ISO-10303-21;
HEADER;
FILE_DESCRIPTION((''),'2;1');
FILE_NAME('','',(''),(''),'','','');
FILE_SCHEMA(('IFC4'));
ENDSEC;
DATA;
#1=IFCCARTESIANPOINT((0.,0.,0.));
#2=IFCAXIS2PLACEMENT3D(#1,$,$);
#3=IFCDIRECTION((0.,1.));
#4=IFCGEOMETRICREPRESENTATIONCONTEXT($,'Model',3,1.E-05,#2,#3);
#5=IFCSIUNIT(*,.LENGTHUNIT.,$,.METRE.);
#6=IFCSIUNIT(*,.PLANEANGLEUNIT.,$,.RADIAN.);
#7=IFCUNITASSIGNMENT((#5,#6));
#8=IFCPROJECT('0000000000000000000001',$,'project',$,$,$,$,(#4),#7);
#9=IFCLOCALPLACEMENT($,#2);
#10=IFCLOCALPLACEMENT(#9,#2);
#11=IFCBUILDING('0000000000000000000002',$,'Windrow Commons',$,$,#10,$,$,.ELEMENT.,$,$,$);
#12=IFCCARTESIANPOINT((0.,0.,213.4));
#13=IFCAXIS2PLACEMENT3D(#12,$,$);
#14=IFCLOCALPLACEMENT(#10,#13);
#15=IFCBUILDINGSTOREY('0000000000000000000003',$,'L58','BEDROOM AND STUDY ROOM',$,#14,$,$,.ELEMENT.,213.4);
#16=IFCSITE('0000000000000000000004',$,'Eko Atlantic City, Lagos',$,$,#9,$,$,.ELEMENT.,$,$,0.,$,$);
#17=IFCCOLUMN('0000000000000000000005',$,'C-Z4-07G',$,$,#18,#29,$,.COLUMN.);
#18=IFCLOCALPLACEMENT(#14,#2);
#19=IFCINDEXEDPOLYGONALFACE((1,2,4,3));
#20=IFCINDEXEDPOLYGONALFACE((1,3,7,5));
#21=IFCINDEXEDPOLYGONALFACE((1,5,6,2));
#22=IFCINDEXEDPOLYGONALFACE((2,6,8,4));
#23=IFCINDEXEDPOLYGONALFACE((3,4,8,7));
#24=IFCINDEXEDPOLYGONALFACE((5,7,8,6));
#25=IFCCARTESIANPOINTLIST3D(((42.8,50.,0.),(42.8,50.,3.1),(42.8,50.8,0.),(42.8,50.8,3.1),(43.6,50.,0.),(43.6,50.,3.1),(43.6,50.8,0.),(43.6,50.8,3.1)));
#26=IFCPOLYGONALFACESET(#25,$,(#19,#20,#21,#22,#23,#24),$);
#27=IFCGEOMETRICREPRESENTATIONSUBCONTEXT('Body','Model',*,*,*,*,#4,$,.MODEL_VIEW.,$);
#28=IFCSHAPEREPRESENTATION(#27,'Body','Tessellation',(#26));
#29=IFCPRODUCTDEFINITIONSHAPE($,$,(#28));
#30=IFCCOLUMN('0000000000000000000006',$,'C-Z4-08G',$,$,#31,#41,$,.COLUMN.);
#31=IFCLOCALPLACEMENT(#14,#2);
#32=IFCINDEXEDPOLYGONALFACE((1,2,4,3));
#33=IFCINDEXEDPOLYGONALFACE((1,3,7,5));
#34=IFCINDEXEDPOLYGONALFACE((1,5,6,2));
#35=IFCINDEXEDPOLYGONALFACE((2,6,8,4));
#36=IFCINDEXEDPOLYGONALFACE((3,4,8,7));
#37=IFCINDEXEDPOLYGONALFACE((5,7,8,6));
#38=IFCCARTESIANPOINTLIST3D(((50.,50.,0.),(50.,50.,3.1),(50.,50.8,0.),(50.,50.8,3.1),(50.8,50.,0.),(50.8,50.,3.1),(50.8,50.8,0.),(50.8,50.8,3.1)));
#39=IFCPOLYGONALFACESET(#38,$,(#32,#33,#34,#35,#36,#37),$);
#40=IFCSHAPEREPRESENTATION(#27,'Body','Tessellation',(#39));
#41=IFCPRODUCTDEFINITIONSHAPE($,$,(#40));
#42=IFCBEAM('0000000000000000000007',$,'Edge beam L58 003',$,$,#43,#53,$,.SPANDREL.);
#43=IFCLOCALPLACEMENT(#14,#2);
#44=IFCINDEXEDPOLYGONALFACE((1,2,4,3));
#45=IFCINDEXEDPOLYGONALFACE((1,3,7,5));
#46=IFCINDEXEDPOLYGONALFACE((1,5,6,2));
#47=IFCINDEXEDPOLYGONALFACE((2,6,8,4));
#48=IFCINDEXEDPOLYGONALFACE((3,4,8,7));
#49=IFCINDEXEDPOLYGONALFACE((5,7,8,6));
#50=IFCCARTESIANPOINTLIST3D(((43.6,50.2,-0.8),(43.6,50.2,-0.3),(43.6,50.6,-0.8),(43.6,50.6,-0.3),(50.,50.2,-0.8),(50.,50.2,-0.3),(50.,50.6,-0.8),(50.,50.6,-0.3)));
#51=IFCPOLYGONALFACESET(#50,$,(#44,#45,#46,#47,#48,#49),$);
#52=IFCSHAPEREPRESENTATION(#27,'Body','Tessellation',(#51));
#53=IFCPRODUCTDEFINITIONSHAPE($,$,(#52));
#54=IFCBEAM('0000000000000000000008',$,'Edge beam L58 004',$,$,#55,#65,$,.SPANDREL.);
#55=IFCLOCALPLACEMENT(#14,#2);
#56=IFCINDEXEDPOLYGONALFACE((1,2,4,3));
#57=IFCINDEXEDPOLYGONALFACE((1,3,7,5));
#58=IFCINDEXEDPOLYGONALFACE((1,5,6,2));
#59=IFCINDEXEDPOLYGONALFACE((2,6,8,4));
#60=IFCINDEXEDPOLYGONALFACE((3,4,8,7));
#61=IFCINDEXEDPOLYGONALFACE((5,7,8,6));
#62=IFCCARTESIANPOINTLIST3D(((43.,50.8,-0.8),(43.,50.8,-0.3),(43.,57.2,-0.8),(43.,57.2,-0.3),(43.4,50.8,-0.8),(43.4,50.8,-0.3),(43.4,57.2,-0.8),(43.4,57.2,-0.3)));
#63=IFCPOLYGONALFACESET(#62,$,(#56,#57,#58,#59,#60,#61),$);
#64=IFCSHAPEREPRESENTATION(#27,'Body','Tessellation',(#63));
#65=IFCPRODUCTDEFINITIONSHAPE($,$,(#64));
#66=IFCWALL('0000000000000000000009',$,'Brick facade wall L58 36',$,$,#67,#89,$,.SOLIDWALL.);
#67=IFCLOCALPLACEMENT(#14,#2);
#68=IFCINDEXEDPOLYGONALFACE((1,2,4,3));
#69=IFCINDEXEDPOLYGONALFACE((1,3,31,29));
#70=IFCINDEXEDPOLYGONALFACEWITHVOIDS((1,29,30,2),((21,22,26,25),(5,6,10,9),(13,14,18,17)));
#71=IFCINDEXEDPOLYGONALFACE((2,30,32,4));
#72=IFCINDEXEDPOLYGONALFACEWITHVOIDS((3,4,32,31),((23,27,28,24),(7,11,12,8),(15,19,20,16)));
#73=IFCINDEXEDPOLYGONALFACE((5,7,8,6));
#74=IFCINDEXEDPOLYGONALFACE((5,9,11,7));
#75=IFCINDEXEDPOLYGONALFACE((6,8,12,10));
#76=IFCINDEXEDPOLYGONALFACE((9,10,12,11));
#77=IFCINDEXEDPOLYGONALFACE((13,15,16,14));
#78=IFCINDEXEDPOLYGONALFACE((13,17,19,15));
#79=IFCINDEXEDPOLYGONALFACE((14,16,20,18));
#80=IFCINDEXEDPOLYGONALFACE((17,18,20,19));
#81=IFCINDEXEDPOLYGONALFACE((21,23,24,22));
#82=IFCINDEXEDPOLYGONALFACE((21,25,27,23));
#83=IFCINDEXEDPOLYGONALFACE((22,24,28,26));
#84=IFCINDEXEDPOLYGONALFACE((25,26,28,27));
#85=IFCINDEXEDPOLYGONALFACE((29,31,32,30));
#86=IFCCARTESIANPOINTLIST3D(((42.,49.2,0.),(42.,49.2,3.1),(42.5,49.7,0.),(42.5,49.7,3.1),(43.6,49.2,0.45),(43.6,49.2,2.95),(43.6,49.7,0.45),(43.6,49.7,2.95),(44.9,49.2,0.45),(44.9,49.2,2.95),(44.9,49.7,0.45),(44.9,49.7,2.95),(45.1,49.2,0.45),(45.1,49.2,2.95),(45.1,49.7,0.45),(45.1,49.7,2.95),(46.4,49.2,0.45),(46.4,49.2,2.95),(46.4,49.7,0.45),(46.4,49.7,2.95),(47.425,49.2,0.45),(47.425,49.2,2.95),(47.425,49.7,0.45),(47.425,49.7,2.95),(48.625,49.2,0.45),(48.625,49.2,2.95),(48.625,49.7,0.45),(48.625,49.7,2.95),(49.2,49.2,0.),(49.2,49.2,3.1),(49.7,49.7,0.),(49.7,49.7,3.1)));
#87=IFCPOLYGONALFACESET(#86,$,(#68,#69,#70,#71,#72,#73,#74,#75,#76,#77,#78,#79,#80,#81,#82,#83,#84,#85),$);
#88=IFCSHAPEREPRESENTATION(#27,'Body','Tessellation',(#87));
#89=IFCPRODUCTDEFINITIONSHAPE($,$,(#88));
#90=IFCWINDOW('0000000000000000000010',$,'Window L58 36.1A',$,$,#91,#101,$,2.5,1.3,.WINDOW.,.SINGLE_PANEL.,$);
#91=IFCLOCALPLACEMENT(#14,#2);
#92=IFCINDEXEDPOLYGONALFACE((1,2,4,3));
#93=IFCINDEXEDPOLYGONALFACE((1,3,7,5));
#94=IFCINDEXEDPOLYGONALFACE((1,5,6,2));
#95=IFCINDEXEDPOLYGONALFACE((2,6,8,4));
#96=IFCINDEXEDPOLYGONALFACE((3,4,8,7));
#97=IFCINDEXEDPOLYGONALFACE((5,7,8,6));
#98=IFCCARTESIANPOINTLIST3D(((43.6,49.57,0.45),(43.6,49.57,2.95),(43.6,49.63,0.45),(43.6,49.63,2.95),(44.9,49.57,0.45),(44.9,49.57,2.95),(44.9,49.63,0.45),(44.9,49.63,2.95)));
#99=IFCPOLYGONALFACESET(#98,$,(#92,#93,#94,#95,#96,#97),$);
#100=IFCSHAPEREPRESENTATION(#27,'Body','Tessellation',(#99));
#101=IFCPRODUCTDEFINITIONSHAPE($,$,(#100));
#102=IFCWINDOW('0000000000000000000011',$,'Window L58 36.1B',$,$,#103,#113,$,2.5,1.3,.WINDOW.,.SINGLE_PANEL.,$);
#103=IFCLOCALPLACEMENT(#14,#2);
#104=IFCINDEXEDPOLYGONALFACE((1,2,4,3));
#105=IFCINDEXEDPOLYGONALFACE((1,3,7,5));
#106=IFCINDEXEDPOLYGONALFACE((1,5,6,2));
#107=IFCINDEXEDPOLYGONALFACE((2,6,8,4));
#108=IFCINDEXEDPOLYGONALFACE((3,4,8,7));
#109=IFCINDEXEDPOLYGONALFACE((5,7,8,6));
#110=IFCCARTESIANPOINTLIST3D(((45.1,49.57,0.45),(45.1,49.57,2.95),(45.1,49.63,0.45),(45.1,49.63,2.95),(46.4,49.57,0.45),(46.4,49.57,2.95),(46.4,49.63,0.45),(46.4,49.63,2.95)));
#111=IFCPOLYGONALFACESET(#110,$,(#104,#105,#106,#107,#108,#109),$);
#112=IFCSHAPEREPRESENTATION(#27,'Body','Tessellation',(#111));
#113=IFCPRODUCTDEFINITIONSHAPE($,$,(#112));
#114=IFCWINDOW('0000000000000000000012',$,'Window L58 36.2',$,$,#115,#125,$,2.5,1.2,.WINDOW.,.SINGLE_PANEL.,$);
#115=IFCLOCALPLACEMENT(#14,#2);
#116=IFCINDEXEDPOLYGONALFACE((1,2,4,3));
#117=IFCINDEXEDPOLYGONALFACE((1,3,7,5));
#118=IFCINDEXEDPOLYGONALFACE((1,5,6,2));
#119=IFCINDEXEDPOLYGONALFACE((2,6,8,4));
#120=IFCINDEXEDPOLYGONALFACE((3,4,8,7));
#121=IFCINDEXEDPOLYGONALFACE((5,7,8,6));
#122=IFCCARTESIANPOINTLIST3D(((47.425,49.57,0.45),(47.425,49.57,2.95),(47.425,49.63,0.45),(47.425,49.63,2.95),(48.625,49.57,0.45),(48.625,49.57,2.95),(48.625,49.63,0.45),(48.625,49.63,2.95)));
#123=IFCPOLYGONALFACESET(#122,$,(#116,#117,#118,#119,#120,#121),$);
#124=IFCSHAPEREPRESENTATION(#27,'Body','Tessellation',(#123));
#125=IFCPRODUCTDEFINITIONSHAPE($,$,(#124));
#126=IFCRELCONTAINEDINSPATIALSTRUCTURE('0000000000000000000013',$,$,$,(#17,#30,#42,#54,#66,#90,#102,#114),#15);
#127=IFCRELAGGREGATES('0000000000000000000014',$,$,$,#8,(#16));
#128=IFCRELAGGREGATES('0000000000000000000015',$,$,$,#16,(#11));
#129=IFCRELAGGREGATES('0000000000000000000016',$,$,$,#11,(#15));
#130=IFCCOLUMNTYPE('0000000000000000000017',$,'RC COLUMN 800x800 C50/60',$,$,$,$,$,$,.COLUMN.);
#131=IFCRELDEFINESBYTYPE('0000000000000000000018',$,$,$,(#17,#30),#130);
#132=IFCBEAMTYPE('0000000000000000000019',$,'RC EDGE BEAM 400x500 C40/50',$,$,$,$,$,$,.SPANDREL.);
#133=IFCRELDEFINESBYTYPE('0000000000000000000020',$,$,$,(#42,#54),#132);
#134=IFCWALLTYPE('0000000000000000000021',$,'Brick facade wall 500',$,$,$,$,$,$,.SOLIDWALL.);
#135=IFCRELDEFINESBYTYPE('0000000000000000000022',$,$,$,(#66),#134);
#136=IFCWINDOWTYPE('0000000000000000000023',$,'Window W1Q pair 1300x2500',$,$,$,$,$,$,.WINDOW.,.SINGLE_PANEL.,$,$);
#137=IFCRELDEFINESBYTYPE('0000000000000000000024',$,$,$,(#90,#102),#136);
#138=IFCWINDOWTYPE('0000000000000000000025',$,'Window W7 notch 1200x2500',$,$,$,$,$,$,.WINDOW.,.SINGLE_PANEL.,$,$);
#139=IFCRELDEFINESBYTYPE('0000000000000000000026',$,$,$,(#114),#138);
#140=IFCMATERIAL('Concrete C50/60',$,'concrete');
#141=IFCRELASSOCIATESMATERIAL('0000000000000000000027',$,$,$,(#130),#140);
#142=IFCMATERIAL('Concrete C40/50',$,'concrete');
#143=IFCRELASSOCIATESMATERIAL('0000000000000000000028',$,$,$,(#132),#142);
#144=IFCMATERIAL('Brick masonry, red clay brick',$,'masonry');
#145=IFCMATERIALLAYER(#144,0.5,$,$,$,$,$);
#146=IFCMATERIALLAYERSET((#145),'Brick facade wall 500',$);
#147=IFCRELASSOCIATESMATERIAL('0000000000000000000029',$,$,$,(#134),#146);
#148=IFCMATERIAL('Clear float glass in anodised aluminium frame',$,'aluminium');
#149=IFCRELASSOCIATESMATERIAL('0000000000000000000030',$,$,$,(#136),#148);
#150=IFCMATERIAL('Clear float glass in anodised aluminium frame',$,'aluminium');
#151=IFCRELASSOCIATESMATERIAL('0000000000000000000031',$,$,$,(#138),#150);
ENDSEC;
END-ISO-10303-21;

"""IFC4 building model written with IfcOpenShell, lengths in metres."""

from ifc_helpers import new_model, si_unit, direction, frame, frame_2d, origin, origin_2d, place, context, subcontext, project, spatial, polyline, rectangle, outline, extrude, material, layer, layer_set, material_profile, profile_set, type_object, element, fill, save


model = new_model("IFC4")

# Units and contexts
model_context = context("Model", 3, precision=1e-05, world=origin(), true_north=direction((0.0, 1.0)))
body_context = subcontext(model_context, "Body", "Model", "MODEL_VIEW")
ifc_project = project(units=[si_unit("LENGTHUNIT", "METRE"), si_unit("PLANEANGLEUNIT", "RADIAN")], contexts=[model_context])

# Site, building, storey
site_placement = place(None, origin())
site = spatial("IfcSite", under=ifc_project, at=site_placement, Name="Eko Atlantic City, Lagos", CompositionType="ELEMENT", RefElevation=0.0)
building_placement = place(site_placement, origin())
building = spatial("IfcBuilding", under=site, at=building_placement, Name="Windrow Commons", CompositionType="ELEMENT")
storey_placement = place(building_placement, frame((0.0, 0.0, 213.4)))
storey = spatial("IfcBuildingStorey", under=building, at=storey_placement, Name="L58", Description="BEDROOM AND STUDY ROOM", CompositionType="ELEMENT", Elevation=213.4)

# Columns
ifc_material_1 = material(Name="Concrete C50/60", Category="concrete")
ifc_material_profile_1 = material_profile(ifc_material_1, rectangle(XDim=0.8, YDim=0.8, at=origin_2d()))
ifc_profile_set_1 = profile_set([ifc_material_profile_1], Name="Concrete C50/60")
column_type = type_object("IfcColumnType", Name="RC COLUMN 800x800 C50/60", PredefinedType="COLUMN", material=ifc_profile_set_1)
for number, where, z_axis, x_axis, name in (
    (1, (43.2, 50.4, 0.0), (0.0, 0.0, 1.0), (1.0, 0.0, 0.0), "C-Z4-07G"),
    (2, (50.4, 50.4, 0.0), (0.0, 0.0, 1.0), (1.0, 0.0, 0.0), "C-Z4-08G"),
):
    element("IfcColumn", number, at=place(storey_placement, frame(where, z_axis=z_axis, x_axis=x_axis)), inside=storey, type_object=column_type, Name=name, PredefinedType="COLUMN", context=body_context, shape_type="SweptSolid", body=[
        extrude(rectangle(XDim=0.8, YDim=0.8, at=origin_2d()), origin(), (0.0, 0.0, 1.0), 3.1),
    ])

# Beams
ifc_material_2 = material(Name="Concrete C40/50", Category="concrete")
ifc_material_profile_2 = material_profile(ifc_material_2, rectangle(XDim=0.4, YDim=0.5, at=origin_2d()))
ifc_profile_set_2 = profile_set([ifc_material_profile_2], Name="Concrete C40/50")
beam_type = type_object("IfcBeamType", Name="RC EDGE BEAM 400x500 C40/50", PredefinedType="SPANDREL", material=ifc_profile_set_2)
for number, where, z_axis, x_axis, name in (
    (3, (50.0, 50.4, -0.55), (-1.0, 0.0, 0.0), (0.0, -1.0, 0.0), "Edge beam L58 003"),
    (4, (43.2, 50.8, -0.55), (0.0, 1.0, 0.0), (-1.0, 0.0, 0.0), "Edge beam L58 004"),
):
    element("IfcBeam", number, at=place(storey_placement, frame(where, z_axis=z_axis, x_axis=x_axis)), inside=storey, type_object=beam_type, Name=name, PredefinedType="SPANDREL", context=body_context, shape_type="SweptSolid", body=[
        extrude(rectangle(XDim=0.4, YDim=0.5, at=origin_2d()), origin(), (0.0, 0.0, 1.0), 6.4),
    ])

# Wall, openings, windows
ifc_material_3 = material(Name="Brick masonry, red clay brick", Category="masonry")
ifc_layer_1 = layer(ifc_material_3, 0.5)
ifc_layer_set_1 = layer_set([ifc_layer_1], Name="Brick facade wall 500")
wall_type_1 = type_object("IfcWallType", Name="Brick facade wall 500", PredefinedType="SOLIDWALL", material=ifc_layer_set_1)
wall_1_placement = place(storey_placement, frame((42.25, 49.45, 0.0), z_axis=(0.0, 0.0, 1.0), x_axis=(1.0, 0.0, 0.0)))
wall_1 = element("IfcWall", 5, at=wall_1_placement, inside=storey, type_object=wall_type_1, Name="Brick facade wall L58 36", PredefinedType="SOLIDWALL", context=body_context, shape_type="SweptSolid", body=[
    extrude(outline(polyline([(-0.25, -0.25), (6.95, -0.25), (7.45, 0.25), (0.25, 0.25), (-0.25, -0.25)])), origin(), (0.0, 0.0, 1.0), 3.1),
])
opening_1_placement = place(wall_1_placement, frame((1.35, 0.0, 0.45)))
opening_1 = element("IfcOpeningElement", 6, at=opening_1_placement, cuts=wall_1, PredefinedType="OPENING", context=body_context, shape_type="SweptSolid", body=[
    extrude(rectangle(XDim=1.3, YDim=2.5, at=frame_2d((0.65, 1.25))), frame((0.0, 0.26, 0.0), z_axis=(0.0, -1.0, 0.0), x_axis=(1.0, 0.0, 0.0)), (0.0, 0.0, 1.0), 0.52),
])
opening_2_placement = place(wall_1_placement, frame((2.85, 0.0, 0.45)))
opening_2 = element("IfcOpeningElement", 7, at=opening_2_placement, cuts=wall_1, PredefinedType="OPENING", context=body_context, shape_type="SweptSolid", body=[
    extrude(rectangle(XDim=1.3, YDim=2.5, at=frame_2d((0.65, 1.25))), frame((0.0, 0.26, 0.0), z_axis=(0.0, -1.0, 0.0), x_axis=(1.0, 0.0, 0.0)), (0.0, 0.0, 1.0), 0.52),
])
opening_3_placement = place(wall_1_placement, frame((5.175, 0.0, 0.45)))
opening_3 = element("IfcOpeningElement", 8, at=opening_3_placement, cuts=wall_1, PredefinedType="OPENING", context=body_context, shape_type="SweptSolid", body=[
    extrude(rectangle(XDim=1.2, YDim=2.5, at=frame_2d((0.6, 1.25))), frame((0.0, 0.26, 0.0), z_axis=(0.0, -1.0, 0.0), x_axis=(1.0, 0.0, 0.0)), (0.0, 0.0, 1.0), 0.52),
])
ifc_material_4 = material(Name="Clear float glass in anodised aluminium frame", Category="aluminium")
window_type_1 = type_object("IfcWindowType", Name="Window W1Q pair 1300x2500", PartitioningType="SINGLE_PANEL", PredefinedType="WINDOW", material=ifc_material_4)
window_1_placement = place(opening_1_placement, origin())
window_1 = element("IfcWindow", 9, at=window_1_placement, inside=storey, type_object=window_type_1, Name="Window L58 36.1A", OverallHeight=2.5, OverallWidth=1.3, PartitioningType="SINGLE_PANEL", PredefinedType="WINDOW", context=body_context, shape_type="SweptSolid", body=[
    extrude(rectangle(XDim=1.3, YDim=2.5, at=frame_2d((0.65, 1.25))), frame((0.0, 0.18, 0.0), z_axis=(0.0, -1.0, 0.0), x_axis=(1.0, 0.0, 0.0)), (0.0, 0.0, 1.0), 0.06),
])
fill(opening_1, window_1)
window_2_placement = place(opening_2_placement, origin())
window_2 = element("IfcWindow", 10, at=window_2_placement, inside=storey, type_object=window_type_1, Name="Window L58 36.1B", OverallHeight=2.5, OverallWidth=1.3, PartitioningType="SINGLE_PANEL", PredefinedType="WINDOW", context=body_context, shape_type="SweptSolid", body=[
    extrude(rectangle(XDim=1.3, YDim=2.5, at=frame_2d((0.65, 1.25))), frame((0.0, 0.18, 0.0), z_axis=(0.0, -1.0, 0.0), x_axis=(1.0, 0.0, 0.0)), (0.0, 0.0, 1.0), 0.06),
])
fill(opening_2, window_2)
ifc_material_5 = material(Name="Clear float glass in anodised aluminium frame", Category="aluminium")
window_type_2 = type_object("IfcWindowType", Name="Window W7 notch 1200x2500", PartitioningType="SINGLE_PANEL", PredefinedType="WINDOW", material=ifc_material_5)
window_3_placement = place(opening_3_placement, origin())
window_3 = element("IfcWindow", 11, at=window_3_placement, inside=storey, type_object=window_type_2, Name="Window L58 36.2", OverallHeight=2.5, OverallWidth=1.2, PartitioningType="SINGLE_PANEL", PredefinedType="WINDOW", context=body_context, shape_type="SweptSolid", body=[
    extrude(rectangle(XDim=1.2, YDim=2.5, at=frame_2d((0.6, 1.25))), frame((0.0, 0.18, 0.0), z_axis=(0.0, -1.0, 0.0), x_axis=(1.0, 0.0, 0.0)), (0.0, 0.0, 1.0), 0.06),
])
fill(opening_3, window_3)

save(model, "model.ifc")
